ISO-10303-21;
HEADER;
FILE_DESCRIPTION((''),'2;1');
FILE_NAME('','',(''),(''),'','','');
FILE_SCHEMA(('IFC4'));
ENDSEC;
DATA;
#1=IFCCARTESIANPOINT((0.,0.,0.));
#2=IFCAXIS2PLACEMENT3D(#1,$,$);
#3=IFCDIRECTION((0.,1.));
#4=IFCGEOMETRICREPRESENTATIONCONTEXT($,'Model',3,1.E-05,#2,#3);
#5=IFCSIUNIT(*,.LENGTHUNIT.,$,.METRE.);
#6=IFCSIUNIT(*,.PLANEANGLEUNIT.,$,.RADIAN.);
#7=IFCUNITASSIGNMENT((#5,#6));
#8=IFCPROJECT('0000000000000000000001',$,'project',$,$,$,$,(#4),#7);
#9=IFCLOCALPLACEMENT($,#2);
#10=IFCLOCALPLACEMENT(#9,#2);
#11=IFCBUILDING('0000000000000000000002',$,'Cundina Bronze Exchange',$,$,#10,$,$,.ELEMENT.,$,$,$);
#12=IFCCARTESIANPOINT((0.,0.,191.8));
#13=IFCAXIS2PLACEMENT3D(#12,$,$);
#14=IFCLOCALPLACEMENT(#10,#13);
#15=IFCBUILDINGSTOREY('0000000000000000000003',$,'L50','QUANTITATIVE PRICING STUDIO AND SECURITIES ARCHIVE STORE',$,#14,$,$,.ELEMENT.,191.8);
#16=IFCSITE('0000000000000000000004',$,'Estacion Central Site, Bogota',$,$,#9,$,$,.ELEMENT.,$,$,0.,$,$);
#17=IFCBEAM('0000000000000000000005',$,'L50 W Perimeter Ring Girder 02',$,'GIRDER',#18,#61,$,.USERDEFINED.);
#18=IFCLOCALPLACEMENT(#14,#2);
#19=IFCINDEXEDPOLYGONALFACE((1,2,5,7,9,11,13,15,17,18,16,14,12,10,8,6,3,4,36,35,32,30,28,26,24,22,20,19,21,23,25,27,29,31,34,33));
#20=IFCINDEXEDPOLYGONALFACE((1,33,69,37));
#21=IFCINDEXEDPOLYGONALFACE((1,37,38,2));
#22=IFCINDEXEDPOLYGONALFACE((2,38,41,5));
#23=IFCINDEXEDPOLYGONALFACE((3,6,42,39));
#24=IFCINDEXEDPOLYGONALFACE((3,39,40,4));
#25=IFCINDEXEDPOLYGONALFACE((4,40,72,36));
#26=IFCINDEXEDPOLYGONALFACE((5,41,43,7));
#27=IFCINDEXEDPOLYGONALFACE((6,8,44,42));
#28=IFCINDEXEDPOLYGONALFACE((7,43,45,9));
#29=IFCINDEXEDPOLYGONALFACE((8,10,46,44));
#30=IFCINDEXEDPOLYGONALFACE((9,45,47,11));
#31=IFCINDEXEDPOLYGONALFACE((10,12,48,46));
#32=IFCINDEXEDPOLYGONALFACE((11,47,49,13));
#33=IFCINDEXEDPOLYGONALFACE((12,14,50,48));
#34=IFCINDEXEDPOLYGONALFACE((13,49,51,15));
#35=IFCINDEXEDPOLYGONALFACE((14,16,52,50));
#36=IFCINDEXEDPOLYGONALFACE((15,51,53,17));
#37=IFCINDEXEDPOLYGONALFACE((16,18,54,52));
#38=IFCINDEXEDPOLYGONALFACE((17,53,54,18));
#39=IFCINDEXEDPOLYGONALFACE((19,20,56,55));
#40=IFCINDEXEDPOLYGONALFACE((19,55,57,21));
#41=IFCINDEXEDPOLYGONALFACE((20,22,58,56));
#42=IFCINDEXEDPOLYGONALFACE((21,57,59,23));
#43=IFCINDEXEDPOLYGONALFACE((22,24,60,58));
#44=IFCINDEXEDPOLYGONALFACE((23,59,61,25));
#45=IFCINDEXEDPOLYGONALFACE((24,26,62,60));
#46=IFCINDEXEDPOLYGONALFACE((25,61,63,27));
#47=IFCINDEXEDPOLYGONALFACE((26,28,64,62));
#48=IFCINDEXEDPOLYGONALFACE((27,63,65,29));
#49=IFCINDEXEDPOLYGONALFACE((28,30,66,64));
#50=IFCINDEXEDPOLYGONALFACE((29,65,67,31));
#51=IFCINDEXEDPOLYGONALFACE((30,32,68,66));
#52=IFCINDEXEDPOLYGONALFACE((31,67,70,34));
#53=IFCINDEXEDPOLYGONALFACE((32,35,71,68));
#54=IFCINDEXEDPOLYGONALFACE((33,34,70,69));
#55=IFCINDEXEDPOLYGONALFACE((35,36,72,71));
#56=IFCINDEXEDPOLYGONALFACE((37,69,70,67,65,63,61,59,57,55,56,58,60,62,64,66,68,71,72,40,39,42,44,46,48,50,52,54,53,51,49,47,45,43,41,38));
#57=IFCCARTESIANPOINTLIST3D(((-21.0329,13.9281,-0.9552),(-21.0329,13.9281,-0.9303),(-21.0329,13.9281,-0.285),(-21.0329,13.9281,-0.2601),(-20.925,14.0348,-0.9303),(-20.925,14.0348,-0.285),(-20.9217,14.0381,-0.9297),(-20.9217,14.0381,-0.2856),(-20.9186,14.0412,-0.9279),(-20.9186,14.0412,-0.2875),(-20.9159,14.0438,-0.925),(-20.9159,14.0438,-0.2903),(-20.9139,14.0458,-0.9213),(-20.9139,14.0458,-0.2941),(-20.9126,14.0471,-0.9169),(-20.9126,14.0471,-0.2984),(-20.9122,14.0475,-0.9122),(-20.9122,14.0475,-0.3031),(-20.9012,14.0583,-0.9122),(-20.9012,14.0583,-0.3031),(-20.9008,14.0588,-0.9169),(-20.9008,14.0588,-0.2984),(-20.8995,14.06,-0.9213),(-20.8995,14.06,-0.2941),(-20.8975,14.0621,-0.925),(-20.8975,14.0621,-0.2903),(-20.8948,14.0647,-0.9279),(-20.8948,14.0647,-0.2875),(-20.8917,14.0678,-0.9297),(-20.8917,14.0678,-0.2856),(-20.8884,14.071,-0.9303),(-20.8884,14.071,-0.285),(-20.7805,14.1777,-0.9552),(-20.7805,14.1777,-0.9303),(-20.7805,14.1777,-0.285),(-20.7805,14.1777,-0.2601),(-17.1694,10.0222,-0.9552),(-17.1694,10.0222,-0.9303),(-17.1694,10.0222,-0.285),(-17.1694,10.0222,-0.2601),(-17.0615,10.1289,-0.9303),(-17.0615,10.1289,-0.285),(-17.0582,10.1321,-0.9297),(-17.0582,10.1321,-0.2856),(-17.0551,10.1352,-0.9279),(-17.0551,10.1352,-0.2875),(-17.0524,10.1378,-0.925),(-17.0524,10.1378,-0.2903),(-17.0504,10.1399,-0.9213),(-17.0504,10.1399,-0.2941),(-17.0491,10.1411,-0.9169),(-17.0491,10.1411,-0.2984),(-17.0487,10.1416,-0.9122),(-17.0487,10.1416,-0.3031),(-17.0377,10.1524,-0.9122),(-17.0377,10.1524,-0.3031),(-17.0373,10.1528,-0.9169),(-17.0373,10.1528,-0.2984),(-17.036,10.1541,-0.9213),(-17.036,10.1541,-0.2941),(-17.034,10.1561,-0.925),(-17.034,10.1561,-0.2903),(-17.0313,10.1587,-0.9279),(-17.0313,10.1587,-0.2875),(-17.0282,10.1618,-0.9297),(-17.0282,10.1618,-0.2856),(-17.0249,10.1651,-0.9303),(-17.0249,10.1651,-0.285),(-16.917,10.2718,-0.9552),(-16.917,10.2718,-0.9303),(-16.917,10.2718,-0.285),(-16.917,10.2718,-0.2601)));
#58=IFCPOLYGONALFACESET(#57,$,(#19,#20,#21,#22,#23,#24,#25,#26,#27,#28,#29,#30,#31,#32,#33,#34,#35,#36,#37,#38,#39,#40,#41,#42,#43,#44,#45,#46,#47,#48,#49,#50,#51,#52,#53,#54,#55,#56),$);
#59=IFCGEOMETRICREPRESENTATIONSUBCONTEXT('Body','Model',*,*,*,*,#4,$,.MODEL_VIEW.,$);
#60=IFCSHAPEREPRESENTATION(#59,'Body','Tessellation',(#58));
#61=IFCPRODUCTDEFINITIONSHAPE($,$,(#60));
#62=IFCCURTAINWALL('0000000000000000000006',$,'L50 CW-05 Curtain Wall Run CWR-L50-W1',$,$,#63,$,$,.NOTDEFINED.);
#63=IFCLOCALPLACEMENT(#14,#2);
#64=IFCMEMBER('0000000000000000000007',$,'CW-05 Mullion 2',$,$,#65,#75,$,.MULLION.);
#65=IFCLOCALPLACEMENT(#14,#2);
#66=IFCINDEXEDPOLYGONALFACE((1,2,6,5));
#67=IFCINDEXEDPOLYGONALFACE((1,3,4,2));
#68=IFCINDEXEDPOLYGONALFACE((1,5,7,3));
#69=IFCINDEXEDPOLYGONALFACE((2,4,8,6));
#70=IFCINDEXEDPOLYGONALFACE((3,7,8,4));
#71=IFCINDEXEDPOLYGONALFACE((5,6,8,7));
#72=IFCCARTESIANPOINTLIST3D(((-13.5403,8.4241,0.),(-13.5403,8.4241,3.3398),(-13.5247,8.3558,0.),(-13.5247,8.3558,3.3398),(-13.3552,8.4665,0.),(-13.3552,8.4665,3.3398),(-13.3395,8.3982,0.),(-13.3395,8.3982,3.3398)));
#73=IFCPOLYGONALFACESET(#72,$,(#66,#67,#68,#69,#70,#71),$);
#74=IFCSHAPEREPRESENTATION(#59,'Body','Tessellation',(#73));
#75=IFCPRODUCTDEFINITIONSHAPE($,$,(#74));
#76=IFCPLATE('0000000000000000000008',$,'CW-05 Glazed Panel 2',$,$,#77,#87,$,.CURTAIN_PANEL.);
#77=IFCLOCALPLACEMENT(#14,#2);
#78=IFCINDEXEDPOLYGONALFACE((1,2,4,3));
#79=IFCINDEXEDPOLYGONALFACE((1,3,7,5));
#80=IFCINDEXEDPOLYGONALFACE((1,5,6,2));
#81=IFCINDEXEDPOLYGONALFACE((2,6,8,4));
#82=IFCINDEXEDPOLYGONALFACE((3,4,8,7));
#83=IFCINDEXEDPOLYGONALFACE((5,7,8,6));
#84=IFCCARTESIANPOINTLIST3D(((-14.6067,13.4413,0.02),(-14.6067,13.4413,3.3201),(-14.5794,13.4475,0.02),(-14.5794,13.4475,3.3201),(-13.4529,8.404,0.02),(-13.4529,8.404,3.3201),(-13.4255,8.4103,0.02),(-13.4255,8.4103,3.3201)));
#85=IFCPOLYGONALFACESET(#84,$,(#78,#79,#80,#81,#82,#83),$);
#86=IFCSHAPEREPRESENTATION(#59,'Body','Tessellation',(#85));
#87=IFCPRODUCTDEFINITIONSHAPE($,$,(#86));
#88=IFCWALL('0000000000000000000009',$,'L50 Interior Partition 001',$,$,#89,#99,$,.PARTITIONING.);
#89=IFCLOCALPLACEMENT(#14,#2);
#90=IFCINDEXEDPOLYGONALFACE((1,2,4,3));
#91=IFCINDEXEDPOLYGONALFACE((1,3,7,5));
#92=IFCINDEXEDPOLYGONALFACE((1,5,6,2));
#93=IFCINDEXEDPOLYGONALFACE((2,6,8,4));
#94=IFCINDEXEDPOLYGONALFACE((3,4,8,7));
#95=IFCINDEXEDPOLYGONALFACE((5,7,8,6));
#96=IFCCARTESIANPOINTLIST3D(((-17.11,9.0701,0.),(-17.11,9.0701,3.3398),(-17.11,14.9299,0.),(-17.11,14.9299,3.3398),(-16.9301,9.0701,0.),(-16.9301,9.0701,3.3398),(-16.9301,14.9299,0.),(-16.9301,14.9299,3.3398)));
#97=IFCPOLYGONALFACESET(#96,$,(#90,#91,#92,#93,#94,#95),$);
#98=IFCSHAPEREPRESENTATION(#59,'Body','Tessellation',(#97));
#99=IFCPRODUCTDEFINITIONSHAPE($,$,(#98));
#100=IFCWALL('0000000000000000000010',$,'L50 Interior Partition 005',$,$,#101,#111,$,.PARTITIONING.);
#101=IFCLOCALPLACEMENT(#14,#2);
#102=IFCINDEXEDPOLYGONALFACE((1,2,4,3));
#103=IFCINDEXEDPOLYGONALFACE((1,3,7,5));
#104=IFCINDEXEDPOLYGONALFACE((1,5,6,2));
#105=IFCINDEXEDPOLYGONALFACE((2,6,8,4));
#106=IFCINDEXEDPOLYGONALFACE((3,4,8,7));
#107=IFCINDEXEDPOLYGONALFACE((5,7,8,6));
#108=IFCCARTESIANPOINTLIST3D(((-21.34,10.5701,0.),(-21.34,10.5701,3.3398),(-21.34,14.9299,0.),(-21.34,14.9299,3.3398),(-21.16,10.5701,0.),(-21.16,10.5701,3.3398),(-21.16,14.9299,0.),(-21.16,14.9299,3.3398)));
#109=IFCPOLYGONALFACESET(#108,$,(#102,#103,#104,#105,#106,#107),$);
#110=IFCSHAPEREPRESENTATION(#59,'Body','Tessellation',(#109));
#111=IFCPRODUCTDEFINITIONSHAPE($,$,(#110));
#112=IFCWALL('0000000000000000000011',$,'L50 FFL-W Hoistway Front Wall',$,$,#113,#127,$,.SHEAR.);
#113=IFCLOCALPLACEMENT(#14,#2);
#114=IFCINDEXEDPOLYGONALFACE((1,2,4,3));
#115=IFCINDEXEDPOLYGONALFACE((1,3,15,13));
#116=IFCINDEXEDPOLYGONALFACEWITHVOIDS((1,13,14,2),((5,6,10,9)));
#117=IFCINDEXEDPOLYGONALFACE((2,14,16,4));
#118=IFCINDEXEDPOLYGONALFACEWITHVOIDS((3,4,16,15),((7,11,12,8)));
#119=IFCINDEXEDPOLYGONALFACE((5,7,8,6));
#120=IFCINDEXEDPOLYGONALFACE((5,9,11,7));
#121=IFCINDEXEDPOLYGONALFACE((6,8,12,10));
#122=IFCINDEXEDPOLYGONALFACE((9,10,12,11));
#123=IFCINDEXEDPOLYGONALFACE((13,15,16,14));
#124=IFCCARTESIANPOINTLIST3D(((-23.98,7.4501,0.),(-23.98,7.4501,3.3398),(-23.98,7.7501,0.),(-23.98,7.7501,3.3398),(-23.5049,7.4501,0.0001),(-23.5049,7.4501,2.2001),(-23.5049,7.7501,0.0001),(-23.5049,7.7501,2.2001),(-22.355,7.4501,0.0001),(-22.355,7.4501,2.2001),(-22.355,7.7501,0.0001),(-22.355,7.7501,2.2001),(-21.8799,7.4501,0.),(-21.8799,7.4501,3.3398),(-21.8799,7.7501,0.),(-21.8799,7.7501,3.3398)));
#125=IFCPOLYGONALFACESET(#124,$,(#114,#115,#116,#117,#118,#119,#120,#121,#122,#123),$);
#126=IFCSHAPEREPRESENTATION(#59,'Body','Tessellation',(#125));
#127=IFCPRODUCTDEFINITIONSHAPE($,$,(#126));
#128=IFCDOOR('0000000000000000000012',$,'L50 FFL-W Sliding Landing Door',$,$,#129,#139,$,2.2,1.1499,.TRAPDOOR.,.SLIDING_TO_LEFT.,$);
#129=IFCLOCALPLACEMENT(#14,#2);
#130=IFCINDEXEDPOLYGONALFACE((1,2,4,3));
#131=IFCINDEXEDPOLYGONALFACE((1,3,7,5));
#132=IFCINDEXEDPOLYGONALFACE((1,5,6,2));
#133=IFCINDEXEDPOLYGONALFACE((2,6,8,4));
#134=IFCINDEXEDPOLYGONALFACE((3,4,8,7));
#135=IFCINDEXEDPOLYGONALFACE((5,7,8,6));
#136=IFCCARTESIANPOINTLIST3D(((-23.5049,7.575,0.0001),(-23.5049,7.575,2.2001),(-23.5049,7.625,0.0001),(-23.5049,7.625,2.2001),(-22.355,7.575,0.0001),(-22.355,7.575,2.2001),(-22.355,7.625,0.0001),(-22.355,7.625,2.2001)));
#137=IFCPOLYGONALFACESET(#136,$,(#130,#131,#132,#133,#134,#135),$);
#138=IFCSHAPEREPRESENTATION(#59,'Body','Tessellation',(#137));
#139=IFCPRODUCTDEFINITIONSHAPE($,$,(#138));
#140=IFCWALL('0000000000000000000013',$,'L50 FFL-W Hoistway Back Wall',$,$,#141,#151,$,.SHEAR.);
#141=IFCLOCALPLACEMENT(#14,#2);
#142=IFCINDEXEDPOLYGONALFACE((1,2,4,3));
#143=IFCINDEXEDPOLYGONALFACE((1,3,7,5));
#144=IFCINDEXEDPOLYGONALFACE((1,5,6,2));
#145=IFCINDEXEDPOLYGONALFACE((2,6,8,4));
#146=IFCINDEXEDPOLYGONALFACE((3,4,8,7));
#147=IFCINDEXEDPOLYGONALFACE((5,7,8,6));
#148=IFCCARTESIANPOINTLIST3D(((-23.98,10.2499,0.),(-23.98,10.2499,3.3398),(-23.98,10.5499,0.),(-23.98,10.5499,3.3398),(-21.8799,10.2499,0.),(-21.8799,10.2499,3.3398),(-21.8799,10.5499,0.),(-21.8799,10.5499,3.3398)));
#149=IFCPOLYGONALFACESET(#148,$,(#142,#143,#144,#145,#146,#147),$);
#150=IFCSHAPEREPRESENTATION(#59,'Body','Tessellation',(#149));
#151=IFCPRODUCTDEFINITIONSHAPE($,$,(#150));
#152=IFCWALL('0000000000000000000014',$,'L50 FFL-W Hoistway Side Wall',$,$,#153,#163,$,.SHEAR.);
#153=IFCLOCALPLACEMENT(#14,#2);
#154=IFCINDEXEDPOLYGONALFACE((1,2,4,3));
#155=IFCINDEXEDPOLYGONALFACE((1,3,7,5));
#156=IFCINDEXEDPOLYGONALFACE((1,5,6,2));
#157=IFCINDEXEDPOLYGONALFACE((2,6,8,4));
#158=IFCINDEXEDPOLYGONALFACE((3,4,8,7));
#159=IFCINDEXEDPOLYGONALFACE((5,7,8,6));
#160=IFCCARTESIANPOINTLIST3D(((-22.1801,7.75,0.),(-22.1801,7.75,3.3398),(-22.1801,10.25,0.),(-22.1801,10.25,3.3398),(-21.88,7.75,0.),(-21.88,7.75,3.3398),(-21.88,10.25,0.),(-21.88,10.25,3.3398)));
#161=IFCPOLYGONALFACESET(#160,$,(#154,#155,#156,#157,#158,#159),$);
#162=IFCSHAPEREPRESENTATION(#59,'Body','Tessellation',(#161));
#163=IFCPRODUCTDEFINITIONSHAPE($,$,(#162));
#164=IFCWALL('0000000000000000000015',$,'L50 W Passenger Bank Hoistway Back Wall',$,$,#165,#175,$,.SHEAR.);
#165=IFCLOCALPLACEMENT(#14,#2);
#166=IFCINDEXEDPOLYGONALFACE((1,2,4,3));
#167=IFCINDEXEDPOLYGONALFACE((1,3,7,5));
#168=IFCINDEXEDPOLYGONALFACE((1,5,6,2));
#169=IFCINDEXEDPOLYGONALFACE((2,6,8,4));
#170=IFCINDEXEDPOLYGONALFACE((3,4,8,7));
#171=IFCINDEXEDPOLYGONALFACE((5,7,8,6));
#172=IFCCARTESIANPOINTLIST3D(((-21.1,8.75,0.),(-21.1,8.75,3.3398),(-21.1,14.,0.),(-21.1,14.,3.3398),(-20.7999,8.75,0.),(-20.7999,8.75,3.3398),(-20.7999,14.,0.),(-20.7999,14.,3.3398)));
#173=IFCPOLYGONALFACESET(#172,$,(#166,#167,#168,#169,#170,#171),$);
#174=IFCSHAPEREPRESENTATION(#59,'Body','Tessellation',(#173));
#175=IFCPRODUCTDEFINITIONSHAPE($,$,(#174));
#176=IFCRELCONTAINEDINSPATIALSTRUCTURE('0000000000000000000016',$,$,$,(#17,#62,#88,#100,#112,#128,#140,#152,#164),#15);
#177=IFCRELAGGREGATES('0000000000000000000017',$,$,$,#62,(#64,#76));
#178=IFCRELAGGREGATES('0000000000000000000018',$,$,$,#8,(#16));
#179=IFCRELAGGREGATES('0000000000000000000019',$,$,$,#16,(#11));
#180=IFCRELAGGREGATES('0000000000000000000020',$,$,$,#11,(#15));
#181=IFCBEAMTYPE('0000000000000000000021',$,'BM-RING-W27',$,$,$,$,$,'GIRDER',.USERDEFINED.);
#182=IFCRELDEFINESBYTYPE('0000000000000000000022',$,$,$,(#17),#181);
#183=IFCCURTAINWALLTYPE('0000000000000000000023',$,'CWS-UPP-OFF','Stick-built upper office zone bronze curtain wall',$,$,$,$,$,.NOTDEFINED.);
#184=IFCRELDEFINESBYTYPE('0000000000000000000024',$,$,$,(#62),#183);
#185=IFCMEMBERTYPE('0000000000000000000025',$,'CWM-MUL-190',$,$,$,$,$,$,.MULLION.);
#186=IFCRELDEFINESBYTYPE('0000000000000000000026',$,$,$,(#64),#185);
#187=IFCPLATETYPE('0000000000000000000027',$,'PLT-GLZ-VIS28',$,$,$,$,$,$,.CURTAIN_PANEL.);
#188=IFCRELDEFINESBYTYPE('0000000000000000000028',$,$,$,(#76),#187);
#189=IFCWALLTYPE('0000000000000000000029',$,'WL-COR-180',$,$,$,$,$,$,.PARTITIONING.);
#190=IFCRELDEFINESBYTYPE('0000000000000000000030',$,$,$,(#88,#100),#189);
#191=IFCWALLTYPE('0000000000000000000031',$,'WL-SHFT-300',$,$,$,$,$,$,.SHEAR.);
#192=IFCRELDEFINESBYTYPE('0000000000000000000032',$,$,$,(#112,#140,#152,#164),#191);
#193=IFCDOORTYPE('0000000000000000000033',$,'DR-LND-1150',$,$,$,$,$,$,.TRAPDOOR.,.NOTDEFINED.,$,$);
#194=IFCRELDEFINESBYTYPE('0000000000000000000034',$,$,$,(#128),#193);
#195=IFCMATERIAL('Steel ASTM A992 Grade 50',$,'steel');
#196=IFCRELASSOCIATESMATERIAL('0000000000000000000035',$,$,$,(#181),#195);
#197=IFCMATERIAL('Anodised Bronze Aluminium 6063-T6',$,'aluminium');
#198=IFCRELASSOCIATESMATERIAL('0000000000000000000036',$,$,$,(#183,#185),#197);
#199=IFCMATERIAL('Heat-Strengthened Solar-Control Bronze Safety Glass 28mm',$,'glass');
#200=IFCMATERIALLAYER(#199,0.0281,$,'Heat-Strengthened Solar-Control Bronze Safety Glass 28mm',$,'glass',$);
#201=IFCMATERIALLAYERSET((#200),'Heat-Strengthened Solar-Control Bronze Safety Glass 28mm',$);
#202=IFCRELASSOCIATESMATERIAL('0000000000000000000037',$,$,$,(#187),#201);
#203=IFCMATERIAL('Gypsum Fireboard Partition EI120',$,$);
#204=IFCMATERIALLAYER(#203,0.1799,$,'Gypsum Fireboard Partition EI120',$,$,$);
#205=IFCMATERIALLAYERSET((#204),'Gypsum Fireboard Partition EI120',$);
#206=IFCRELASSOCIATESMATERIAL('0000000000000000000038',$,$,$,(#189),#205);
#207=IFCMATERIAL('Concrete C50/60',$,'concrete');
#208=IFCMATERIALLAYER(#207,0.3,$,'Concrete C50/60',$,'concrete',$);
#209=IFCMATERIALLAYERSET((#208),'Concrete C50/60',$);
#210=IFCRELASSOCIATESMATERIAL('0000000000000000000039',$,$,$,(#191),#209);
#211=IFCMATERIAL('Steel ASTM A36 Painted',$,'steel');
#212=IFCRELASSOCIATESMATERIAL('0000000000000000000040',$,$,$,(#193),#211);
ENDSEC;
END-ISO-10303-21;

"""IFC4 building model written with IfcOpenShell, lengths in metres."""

from ifc_helpers import new_model, si_unit, direction, frame, frame_2d, origin, origin_2d, place, context, subcontext, project, spatial, rectangle, i_section, extrude, material, layer, layer_set, material_profile, profile_set, type_object, element, fill, aggregate, save


model = new_model("IFC4")

# Units and contexts
model_context = context("Model", 3, precision=1e-05, world=origin(), true_north=direction((0.0, 1.0)))
body_context = subcontext(model_context, "Body", "Model", "MODEL_VIEW")
ifc_project = project(units=[si_unit("LENGTHUNIT", "METRE"), si_unit("PLANEANGLEUNIT", "RADIAN")], contexts=[model_context])

# Site, building, storey
site_placement = place(None, origin())
site = spatial("IfcSite", under=ifc_project, at=site_placement, Name="Estacion Central Site, Bogota", CompositionType="ELEMENT", RefElevation=0.0)
building_placement = place(site_placement, origin())
building = spatial("IfcBuilding", under=site, at=building_placement, Name="Cundina Bronze Exchange", CompositionType="ELEMENT")
storey_placement = place(building_placement, frame((0.0, 0.0, 191.8)))
storey = spatial("IfcBuildingStorey", under=building, at=storey_placement, Name="L50", Description="QUANTITATIVE PRICING STUDIO AND SECURITIES ARCHIVE STORE", CompositionType="ELEMENT", Elevation=191.8)

# Shared definitions
ifc_material_1 = material(Name="Concrete C50/60", Category="concrete")

# Beam
ifc_material_2 = material(Name="Steel ASTM A992 Grade 50", Category="steel")
ifc_material_profile_1 = material_profile(ifc_material_2, i_section(OverallWidth=0.355, OverallDepth=0.6951, WebThickness=0.0154, FlangeThickness=0.0249, FilletRadius=0.0181, at=origin_2d()), Name="W27X146", Category="steel")
ifc_profile_set_1 = profile_set([ifc_material_profile_1], Name="Steel ASTM A992 Grade 50")
beam_type_1 = type_object("IfcBeamType", Name="BM-RING-W27", ElementType="GIRDER", PredefinedType="USERDEFINED", material=ifc_profile_set_1)
beam_1_placement = place(storey_placement, frame((-17.0432, 10.147, -0.6077), z_axis=(-0.70323, 0.710962, 0.0), x_axis=(-0.710962, -0.70323, 0.0)))
element("IfcBeam", 1, at=beam_1_placement, inside=storey, type_object=beam_type_1, Name="L50 W Perimeter Ring Girder 02", ObjectType="GIRDER", PredefinedType="USERDEFINED", context=body_context, shape_type="SweptSolid", body=[
    extrude(i_section(OverallWidth=0.355, OverallDepth=0.6951, WebThickness=0.0154, FlangeThickness=0.0249, FilletRadius=0.0181, at=origin_2d()), origin(), (0.0, 0.0, 1.0), 5.4939),
])

# Curtain wall, member, plate
ifc_material_3 = material(Name="Anodised Bronze Aluminium 6063-T6", Category="aluminium")
curtain_wall_type = type_object("IfcCurtainWallType", Name="CWS-UPP-OFF", Description="Stick-built upper office zone bronze curtain wall", PredefinedType="NOTDEFINED", material=ifc_material_3)
curtain_wall_placement = place(storey_placement, origin())
curtain_wall = element("IfcCurtainWall", 2, at=curtain_wall_placement, inside=storey, type_object=curtain_wall_type, Name="L50 CW-05 Curtain Wall Run CWR-L50-W1", PredefinedType="NOTDEFINED")
ifc_material_profile_2 = material_profile(ifc_material_3, rectangle(XDim=0.0701, YDim=0.1899, at=origin_2d()), Name="AL70X190", Category="aluminium")
ifc_profile_set_2 = profile_set([ifc_material_profile_2], Name="Anodised Bronze Aluminium 6063-T6")
member_type = type_object("IfcMemberType", Name="CWM-MUL-190", PredefinedType="MULLION", material=ifc_profile_set_2)
member_placement = place(storey_placement, frame((-13.4399, 8.4111, 0.0), z_axis=(0.0, 0.0, 1.0), x_axis=(-0.22325, 0.974761, 0.0)))
member = element("IfcMember", 3, at=member_placement, type_object=member_type, Name="CW-05 Mullion 2", PredefinedType="MULLION", context=body_context, shape_type="SweptSolid", body=[
    extrude(rectangle(XDim=0.0701, YDim=0.1899, at=origin_2d()), origin(), (0.0, 0.0, 1.0), 3.3398),
])
ifc_material_4 = material(Name="Heat-Strengthened Solar-Control Bronze Safety Glass 28mm", Category="glass")
ifc_layer_1 = layer(ifc_material_4, 0.0281, Name="Heat-Strengthened Solar-Control Bronze Safety Glass 28mm", Category="glass")
ifc_layer_set_1 = layer_set([ifc_layer_1], Name="Heat-Strengthened Solar-Control Bronze Safety Glass 28mm")
plate_type = type_object("IfcPlateType", Name="PLT-GLZ-VIS28", PredefinedType="CURTAIN_PANEL", material=ifc_layer_set_1)
plate_placement = place(storey_placement, frame((-14.0161, 10.9258, 0.02), z_axis=(0.0, 0.0, 1.0), x_axis=(-0.223284, 0.974753, 0.0)))
plate = element("IfcPlate", 4, at=plate_placement, type_object=plate_type, Name="CW-05 Glazed Panel 2", PredefinedType="CURTAIN_PANEL", context=body_context, shape_type="SweptSolid", body=[
    extrude(rectangle(XDim=5.1677, YDim=0.0281, at=origin_2d()), origin(), (0.0, 0.0, 1.0), 3.3),
])
aggregate(curtain_wall, [member, plate])

# Walls
ifc_material_5 = material(Name="Gypsum Fireboard Partition EI120")
ifc_layer_2 = layer(ifc_material_5, 0.1799, Name="Gypsum Fireboard Partition EI120")
ifc_layer_set_2 = layer_set([ifc_layer_2], Name="Gypsum Fireboard Partition EI120")
wall_type_1 = type_object("IfcWallType", Name="WL-COR-180", PredefinedType="PARTITIONING", material=ifc_layer_set_2)
wall_1_placement = place(storey_placement, frame((-17.02, 9.0701, 0.0), z_axis=(0.0, 0.0, 1.0), x_axis=(0.0, 1.0, 0.0)))
element("IfcWall", 5, at=wall_1_placement, inside=storey, type_object=wall_type_1, Name="L50 Interior Partition 001", PredefinedType="PARTITIONING", context=body_context, shape_type="SweptSolid", body=[
    extrude(rectangle(XDim=5.8599, YDim=0.1799, at=frame_2d((2.9299, 0.0))), origin(), (0.0, 0.0, 1.0), 3.3398),
])
wall_2_placement = place(storey_placement, frame((-21.25, 10.5701, 0.0), z_axis=(0.0, 0.0, 1.0), x_axis=(0.0, 1.0, 0.0)))
element("IfcWall", 6, at=wall_2_placement, inside=storey, type_object=wall_type_1, Name="L50 Interior Partition 005", PredefinedType="PARTITIONING", context=body_context, shape_type="SweptSolid", body=[
    extrude(rectangle(XDim=4.3599, YDim=0.1799, at=frame_2d((2.1799, 0.0))), origin(), (0.0, 0.0, 1.0), 3.3398),
])

# Wall, opening, door
ifc_layer_3 = layer(ifc_material_1, 0.3, Name="Concrete C50/60", Category="concrete")
ifc_layer_set_3 = layer_set([ifc_layer_3], Name="Concrete C50/60")
wall_type_2 = type_object("IfcWallType", Name="WL-SHFT-300", PredefinedType="SHEAR", material=ifc_layer_set_3)
ifc_material_6 = material(Name="Steel ASTM A36 Painted", Category="steel")
wall_3_placement = place(storey_placement, frame((-23.98, 7.6001, 0.0), z_axis=(0.0, 0.0, 1.0), x_axis=(1.0, 0.0, 0.0)))
wall_3 = element("IfcWall", 7, at=wall_3_placement, inside=storey, type_object=wall_type_2, Name="L50 FFL-W Hoistway Front Wall", PredefinedType="SHEAR", context=body_context, shape_type="SweptSolid", body=[
    extrude(rectangle(XDim=2.1001, YDim=0.3, at=frame_2d((1.05, 0.0))), origin(), (0.0, 0.0, 1.0), 3.3398),
])
opening_1_placement = place(wall_3_placement, frame((0.4751, 0.0, 0.0)))
opening_1 = element("IfcOpeningElement", 8, at=opening_1_placement, cuts=wall_3, PredefinedType="OPENING", context=body_context, shape_type="SweptSolid", body=[
    extrude(rectangle(XDim=1.1499, YDim=2.2, at=frame_2d((0.575, 1.1001))), frame((0.0, 0.1599, 0.0), z_axis=(0.0, -1.0, 0.0), x_axis=(1.0, 0.0, 0.0)), (0.0, 0.0, 1.0), 0.3201),
])
door_type_1 = type_object("IfcDoorType", Name="DR-LND-1150", OperationType="NOTDEFINED", PredefinedType="TRAPDOOR", material=ifc_material_6)
door_1_placement = place(opening_1_placement, origin())
door_1 = element("IfcDoor", 9, at=door_1_placement, inside=storey, type_object=door_type_1, Name="L50 FFL-W Sliding Landing Door", OperationType="SLIDING_TO_LEFT", OverallHeight=2.2, OverallWidth=1.1499, PredefinedType="TRAPDOOR", context=body_context, shape_type="SweptSolid", body=[
    extrude(rectangle(XDim=1.1499, YDim=2.2, at=frame_2d((0.575, 1.1001))), frame((0.0, 0.0249, 0.0), z_axis=(0.0, -1.0, 0.0), x_axis=(1.0, 0.0, 0.0)), (0.0, 0.0, 1.0), 0.05),
])
fill(opening_1, door_1)

# Walls
wall_4_placement = place(storey_placement, frame((-23.98, 10.3999, 0.0), z_axis=(0.0, 0.0, 1.0), x_axis=(1.0, 0.0, 0.0)))
element("IfcWall", 10, at=wall_4_placement, inside=storey, type_object=wall_type_2, Name="L50 FFL-W Hoistway Back Wall", PredefinedType="SHEAR", context=body_context, shape_type="SweptSolid", body=[
    extrude(rectangle(XDim=2.1001, YDim=0.3, at=frame_2d((1.05, 0.0))), origin(), (0.0, 0.0, 1.0), 3.3398),
])
wall_5_placement = place(storey_placement, frame((-22.03, 7.75, 0.0), z_axis=(0.0, 0.0, 1.0), x_axis=(0.0, 1.0, 0.0)))
element("IfcWall", 11, at=wall_5_placement, inside=storey, type_object=wall_type_2, Name="L50 FFL-W Hoistway Side Wall", PredefinedType="SHEAR", context=body_context, shape_type="SweptSolid", body=[
    extrude(rectangle(XDim=2.5, YDim=0.3, at=frame_2d((1.25, 0.0))), origin(), (0.0, 0.0, 1.0), 3.3398),
])
wall_6_placement = place(storey_placement, frame((-20.95, 8.75, 0.0), z_axis=(0.0, 0.0, 1.0), x_axis=(0.0, 1.0, 0.0)))
element("IfcWall", 12, at=wall_6_placement, inside=storey, type_object=wall_type_2, Name="L50 W Passenger Bank Hoistway Back Wall", PredefinedType="SHEAR", context=body_context, shape_type="SweptSolid", body=[
    extrude(rectangle(XDim=5.25, YDim=0.3, at=frame_2d((2.625, 0.0))), origin(), (0.0, 0.0, 1.0), 3.3398),
])

save(model, "model.ifc")
